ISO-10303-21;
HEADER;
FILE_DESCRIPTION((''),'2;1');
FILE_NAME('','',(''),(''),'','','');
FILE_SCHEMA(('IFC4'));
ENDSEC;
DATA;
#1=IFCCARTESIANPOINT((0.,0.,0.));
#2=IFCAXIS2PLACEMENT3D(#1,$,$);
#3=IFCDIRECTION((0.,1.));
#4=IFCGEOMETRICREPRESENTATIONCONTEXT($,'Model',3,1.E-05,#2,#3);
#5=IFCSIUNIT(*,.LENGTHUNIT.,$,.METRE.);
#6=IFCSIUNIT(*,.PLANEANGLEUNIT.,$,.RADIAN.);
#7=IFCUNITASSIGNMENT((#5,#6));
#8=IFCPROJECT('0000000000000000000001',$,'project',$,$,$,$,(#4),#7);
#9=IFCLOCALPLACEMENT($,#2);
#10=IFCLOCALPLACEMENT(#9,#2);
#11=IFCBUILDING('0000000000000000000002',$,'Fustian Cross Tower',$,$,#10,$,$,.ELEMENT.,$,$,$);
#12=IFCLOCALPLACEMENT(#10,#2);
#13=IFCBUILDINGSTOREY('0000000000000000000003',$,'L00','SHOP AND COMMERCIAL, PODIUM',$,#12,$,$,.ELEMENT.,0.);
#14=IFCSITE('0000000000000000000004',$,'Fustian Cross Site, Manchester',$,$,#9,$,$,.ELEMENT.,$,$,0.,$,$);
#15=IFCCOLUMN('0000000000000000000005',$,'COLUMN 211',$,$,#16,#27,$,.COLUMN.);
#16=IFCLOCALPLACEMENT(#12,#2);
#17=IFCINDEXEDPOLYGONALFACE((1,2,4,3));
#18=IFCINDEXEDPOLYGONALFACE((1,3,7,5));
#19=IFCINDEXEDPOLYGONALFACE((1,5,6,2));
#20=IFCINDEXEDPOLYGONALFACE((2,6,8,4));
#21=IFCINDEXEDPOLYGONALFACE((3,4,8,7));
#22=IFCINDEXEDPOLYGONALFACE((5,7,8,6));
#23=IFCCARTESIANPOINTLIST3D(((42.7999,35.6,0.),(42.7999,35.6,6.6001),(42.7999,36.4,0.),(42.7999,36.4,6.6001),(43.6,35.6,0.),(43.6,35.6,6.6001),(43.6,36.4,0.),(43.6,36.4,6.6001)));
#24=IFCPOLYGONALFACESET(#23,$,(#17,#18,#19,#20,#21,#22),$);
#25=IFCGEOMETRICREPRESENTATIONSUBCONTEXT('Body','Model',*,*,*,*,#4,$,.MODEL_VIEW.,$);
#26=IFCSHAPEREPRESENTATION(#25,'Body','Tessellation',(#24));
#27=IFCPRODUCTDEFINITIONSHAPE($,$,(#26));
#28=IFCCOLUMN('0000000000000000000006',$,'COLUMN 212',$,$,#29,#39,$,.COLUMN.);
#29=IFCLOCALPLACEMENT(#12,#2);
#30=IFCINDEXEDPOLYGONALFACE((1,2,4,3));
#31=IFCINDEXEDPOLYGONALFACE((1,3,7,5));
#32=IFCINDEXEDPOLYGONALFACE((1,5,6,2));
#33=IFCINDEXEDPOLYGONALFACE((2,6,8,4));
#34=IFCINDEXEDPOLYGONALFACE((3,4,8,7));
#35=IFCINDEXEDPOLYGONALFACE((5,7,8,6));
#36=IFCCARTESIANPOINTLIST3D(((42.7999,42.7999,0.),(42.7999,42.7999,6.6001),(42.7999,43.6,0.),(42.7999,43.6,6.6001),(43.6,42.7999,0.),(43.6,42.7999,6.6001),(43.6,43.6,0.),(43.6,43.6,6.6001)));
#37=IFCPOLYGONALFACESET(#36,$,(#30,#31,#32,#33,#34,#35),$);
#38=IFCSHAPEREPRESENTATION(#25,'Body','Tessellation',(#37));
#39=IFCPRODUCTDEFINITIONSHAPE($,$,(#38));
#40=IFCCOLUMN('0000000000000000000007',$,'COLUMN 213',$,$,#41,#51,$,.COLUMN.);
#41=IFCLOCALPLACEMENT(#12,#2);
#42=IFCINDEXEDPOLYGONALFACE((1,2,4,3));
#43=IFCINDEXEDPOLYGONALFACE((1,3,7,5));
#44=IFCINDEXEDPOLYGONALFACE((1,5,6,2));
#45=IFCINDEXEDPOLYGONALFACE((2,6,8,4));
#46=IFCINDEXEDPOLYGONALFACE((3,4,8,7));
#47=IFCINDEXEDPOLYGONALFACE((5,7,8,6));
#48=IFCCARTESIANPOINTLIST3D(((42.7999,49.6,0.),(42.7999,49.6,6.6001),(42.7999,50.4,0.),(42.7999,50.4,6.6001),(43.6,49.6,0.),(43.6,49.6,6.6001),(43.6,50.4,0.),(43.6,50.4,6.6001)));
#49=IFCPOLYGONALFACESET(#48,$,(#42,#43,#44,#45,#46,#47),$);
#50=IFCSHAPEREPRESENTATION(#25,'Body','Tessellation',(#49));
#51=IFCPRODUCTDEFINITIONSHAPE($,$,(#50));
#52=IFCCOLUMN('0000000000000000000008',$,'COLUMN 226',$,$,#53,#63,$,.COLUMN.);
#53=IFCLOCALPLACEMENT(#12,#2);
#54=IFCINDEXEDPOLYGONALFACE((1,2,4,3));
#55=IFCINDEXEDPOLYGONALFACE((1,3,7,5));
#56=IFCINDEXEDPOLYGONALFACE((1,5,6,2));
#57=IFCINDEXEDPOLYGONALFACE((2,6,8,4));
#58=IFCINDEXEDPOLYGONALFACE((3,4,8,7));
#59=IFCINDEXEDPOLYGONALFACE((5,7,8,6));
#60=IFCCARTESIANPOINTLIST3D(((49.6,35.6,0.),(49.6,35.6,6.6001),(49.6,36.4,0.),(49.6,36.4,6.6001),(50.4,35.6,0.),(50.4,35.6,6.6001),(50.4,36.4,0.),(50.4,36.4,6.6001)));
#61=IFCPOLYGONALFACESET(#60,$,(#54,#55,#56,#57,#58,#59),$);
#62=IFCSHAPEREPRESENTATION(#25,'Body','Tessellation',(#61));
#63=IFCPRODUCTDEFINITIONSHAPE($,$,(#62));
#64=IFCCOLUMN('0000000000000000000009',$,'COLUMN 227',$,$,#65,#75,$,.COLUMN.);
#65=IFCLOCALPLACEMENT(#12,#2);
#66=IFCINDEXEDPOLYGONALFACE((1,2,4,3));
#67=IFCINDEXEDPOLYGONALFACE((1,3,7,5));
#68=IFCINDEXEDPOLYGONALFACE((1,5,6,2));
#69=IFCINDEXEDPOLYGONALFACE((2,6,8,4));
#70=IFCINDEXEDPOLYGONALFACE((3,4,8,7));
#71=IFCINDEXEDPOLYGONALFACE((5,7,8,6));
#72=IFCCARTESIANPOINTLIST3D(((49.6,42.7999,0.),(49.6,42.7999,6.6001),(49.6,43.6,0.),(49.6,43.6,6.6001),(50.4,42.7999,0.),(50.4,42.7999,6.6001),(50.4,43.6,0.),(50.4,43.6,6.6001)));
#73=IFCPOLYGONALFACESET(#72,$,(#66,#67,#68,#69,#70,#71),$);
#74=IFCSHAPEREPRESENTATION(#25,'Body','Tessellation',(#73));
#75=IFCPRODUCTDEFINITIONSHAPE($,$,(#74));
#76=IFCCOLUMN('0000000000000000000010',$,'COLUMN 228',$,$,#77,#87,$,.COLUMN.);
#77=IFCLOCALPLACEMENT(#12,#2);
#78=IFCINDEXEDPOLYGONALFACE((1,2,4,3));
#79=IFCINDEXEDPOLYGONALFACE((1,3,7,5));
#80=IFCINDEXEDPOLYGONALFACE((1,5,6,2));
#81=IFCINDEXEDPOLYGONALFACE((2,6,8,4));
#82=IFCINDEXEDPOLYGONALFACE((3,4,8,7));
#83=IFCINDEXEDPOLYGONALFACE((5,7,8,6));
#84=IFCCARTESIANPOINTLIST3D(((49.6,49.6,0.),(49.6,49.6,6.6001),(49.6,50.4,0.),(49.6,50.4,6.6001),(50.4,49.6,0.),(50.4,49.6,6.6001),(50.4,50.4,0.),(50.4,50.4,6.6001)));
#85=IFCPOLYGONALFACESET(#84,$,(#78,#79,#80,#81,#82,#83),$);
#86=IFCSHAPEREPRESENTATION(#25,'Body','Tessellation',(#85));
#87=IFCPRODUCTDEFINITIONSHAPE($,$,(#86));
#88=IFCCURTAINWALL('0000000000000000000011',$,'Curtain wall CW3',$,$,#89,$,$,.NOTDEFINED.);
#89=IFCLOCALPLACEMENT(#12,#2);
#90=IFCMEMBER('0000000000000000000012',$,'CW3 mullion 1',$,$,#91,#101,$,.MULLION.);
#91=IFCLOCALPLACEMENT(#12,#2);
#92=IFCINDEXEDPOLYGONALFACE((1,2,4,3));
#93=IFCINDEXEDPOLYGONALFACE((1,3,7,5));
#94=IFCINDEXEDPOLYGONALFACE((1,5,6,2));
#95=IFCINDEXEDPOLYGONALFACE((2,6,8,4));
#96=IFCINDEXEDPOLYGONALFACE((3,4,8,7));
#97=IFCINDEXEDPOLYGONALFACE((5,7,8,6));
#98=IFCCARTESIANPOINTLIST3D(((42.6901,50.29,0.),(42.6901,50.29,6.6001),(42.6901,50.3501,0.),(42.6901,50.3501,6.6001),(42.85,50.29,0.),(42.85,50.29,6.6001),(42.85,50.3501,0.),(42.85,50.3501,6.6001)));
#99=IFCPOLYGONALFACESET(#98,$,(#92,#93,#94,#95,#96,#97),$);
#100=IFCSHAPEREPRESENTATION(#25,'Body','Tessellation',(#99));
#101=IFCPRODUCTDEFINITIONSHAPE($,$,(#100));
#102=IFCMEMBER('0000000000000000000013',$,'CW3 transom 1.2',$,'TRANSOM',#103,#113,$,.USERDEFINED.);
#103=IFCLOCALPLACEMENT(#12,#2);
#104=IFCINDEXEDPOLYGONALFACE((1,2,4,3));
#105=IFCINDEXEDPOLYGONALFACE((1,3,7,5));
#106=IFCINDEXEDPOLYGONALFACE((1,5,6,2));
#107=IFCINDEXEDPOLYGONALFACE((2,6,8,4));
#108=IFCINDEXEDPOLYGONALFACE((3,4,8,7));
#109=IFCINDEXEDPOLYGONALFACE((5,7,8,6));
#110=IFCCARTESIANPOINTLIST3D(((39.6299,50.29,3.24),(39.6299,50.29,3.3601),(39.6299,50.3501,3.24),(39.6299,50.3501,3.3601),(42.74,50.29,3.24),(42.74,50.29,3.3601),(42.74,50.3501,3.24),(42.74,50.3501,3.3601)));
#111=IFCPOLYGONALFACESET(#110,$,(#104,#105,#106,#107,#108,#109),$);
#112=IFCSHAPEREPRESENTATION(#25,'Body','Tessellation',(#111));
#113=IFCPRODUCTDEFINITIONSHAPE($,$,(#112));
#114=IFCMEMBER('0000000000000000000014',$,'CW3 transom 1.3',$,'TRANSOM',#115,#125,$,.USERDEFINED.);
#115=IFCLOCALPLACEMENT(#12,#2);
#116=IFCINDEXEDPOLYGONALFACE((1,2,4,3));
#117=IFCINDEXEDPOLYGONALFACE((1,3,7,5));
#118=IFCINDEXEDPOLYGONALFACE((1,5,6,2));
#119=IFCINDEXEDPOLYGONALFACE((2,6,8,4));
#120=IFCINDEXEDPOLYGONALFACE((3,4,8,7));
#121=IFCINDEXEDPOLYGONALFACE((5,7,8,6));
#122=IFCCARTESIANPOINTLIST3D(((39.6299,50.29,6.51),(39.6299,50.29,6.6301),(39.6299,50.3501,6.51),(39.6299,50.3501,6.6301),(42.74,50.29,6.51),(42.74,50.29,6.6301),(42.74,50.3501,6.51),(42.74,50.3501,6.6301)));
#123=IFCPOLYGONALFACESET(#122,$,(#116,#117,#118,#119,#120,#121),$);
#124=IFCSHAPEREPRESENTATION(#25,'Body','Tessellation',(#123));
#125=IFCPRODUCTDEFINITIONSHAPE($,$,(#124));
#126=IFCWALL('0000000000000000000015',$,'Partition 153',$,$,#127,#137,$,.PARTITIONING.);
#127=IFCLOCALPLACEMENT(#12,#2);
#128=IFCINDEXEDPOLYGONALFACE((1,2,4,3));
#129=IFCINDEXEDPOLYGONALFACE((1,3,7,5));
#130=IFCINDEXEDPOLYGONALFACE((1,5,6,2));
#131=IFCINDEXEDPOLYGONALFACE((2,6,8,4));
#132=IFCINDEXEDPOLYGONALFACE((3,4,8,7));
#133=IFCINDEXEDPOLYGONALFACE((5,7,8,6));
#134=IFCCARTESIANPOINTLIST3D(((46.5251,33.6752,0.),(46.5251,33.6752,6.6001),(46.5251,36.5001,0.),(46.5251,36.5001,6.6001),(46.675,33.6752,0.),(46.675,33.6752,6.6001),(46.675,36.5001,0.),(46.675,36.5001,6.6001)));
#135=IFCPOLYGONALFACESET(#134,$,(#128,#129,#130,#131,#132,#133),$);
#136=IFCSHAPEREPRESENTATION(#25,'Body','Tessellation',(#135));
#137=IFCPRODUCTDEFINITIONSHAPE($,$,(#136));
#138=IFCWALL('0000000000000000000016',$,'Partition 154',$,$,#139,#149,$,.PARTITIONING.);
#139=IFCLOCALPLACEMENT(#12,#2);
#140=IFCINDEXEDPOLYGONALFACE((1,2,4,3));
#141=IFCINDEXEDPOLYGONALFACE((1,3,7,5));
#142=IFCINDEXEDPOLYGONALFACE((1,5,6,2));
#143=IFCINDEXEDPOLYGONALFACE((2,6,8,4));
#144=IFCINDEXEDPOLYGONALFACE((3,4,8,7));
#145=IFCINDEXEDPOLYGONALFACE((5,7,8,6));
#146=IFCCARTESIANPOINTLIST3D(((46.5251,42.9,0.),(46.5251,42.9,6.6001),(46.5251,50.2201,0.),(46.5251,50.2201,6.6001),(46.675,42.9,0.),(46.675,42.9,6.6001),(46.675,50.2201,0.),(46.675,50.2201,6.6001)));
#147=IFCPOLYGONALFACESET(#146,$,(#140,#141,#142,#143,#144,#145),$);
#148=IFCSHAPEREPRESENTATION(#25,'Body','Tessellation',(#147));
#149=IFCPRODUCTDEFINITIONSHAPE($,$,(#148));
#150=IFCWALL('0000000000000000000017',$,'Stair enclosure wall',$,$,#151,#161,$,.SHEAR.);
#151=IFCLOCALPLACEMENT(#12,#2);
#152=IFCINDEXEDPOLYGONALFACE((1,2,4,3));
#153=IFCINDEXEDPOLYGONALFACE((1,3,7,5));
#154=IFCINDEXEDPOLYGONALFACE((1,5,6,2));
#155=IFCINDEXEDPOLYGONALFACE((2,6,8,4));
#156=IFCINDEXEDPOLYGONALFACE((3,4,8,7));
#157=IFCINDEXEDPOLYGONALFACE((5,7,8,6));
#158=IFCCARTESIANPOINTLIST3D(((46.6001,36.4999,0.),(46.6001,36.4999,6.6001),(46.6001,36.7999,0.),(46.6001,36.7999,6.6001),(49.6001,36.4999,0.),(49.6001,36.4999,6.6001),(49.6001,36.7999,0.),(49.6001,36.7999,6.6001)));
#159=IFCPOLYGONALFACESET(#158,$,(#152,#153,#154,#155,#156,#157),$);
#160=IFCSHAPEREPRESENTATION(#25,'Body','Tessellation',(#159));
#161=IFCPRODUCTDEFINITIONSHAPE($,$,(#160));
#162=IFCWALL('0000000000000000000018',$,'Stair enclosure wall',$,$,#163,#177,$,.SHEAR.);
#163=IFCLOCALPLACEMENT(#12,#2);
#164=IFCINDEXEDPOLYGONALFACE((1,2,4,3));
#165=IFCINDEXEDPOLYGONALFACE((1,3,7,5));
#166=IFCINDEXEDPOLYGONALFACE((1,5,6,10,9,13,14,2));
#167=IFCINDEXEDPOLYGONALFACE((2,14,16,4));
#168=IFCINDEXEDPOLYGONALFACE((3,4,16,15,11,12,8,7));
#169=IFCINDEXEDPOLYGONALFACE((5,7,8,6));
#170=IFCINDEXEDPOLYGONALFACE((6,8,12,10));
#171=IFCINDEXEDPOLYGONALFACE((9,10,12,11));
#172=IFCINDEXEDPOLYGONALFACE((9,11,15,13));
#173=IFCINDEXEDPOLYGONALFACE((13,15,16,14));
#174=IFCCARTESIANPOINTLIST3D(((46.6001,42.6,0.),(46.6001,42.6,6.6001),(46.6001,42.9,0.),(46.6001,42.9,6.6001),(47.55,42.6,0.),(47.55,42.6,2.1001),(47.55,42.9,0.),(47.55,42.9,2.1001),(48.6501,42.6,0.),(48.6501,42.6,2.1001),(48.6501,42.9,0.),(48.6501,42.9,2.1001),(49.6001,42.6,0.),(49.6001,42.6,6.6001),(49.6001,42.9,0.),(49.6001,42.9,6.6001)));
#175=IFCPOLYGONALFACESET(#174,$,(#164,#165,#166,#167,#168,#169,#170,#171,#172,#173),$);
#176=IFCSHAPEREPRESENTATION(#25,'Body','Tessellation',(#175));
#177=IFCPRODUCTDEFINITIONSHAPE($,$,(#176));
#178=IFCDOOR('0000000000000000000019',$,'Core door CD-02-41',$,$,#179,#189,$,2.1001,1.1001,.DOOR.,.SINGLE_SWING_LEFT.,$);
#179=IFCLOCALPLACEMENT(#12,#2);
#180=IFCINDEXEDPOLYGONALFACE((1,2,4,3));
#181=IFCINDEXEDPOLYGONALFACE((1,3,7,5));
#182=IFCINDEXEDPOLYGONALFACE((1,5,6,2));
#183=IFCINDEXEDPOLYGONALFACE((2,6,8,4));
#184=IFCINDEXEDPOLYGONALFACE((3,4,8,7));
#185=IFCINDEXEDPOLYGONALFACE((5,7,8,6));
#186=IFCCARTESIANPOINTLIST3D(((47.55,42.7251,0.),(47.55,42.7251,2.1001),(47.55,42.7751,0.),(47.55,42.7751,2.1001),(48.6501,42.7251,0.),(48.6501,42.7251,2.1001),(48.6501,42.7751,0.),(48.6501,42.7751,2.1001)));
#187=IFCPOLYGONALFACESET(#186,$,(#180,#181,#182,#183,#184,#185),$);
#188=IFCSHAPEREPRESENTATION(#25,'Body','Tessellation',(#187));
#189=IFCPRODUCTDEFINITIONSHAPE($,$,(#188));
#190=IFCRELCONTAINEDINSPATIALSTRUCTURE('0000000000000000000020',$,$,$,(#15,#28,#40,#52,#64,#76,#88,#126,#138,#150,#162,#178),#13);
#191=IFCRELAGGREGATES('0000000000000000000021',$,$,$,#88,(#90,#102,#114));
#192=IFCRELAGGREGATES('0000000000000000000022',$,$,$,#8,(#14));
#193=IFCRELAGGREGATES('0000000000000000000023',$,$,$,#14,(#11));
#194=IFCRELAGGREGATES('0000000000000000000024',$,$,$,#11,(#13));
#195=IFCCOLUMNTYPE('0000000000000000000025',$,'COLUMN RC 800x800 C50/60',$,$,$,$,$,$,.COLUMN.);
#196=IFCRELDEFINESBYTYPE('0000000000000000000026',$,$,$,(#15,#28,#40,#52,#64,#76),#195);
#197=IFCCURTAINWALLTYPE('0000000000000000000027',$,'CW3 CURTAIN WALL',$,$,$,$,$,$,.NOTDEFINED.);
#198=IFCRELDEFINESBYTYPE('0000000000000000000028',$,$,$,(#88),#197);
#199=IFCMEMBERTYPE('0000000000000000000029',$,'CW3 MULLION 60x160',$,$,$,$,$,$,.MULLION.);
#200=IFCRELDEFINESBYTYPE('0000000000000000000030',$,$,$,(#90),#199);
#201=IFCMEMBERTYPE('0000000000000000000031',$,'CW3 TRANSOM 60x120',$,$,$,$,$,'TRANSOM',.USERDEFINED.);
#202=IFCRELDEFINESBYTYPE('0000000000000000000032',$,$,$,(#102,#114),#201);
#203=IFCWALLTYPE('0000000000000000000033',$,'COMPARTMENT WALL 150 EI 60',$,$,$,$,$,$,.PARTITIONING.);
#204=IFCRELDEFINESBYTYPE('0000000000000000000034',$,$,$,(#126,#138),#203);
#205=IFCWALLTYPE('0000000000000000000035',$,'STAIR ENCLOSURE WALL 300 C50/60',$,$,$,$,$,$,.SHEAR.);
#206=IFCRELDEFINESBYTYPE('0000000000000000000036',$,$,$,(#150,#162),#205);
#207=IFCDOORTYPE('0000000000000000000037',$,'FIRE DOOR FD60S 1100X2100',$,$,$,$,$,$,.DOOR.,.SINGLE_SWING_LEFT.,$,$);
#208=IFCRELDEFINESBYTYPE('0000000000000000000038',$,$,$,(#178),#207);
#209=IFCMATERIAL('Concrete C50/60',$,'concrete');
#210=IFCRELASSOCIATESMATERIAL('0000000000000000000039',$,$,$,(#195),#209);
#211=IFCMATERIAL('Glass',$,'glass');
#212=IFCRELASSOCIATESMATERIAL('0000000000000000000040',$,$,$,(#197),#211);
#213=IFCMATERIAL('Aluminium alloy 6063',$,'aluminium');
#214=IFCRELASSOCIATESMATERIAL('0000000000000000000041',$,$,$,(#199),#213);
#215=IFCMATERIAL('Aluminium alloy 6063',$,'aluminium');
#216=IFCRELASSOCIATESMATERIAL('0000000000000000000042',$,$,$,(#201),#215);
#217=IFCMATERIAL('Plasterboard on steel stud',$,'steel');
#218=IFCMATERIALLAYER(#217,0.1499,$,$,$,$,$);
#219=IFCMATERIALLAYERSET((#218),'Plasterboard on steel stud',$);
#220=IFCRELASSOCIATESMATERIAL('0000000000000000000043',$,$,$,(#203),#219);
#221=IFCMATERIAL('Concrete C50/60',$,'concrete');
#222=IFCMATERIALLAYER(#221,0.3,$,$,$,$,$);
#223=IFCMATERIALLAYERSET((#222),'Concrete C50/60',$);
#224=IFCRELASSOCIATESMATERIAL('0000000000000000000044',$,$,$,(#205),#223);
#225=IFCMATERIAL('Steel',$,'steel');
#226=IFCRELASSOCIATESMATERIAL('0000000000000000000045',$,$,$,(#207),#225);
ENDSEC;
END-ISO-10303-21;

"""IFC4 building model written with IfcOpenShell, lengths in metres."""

from ifc_helpers import new_model, si_unit, direction, frame, frame_2d, origin, origin_2d, place, context, subcontext, project, spatial, rectangle, extrude, material, layer, layer_set, material_profile, profile_set, type_object, element, fill, aggregate, save


model = new_model("IFC4")

# Units and contexts
model_context = context("Model", 3, precision=1e-05, world=origin(), true_north=direction((0.0, 1.0)))
body_context = subcontext(model_context, "Body", "Model", "MODEL_VIEW")
ifc_project = project(units=[si_unit("LENGTHUNIT", "METRE"), si_unit("PLANEANGLEUNIT", "RADIAN")], contexts=[model_context])

# Site, building, storey
site_placement = place(None, origin())
site = spatial("IfcSite", under=ifc_project, at=site_placement, Name="Fustian Cross Site, Manchester", CompositionType="ELEMENT", RefElevation=0.0)
building_placement = place(site_placement, origin())
building = spatial("IfcBuilding", under=site, at=building_placement, Name="Fustian Cross Tower", CompositionType="ELEMENT")
storey_placement = place(building_placement, origin())
storey = spatial("IfcBuildingStorey", under=building, at=storey_placement, Name="L00", Description="SHOP AND COMMERCIAL, PODIUM", CompositionType="ELEMENT", Elevation=0.0)

# Columns
ifc_material_1 = material(Name="Concrete C50/60", Category="concrete")
ifc_material_profile_1 = material_profile(ifc_material_1, rectangle(XDim=0.8, YDim=0.8, at=origin_2d()), Name="RC 800x800")
ifc_profile_set_1 = profile_set([ifc_material_profile_1], Name="Concrete C50/60")
column_type = type_object("IfcColumnType", Name="COLUMN RC 800x800 C50/60", PredefinedType="COLUMN", material=ifc_profile_set_1)
for number, where, z_axis, x_axis, name in (
    (1, (43.2, 36.0, 0.0), (0.0, 0.0, 1.0), (1.0, 0.0, 0.0), "COLUMN 211"),
    (2, (43.2, 43.2, 0.0), (0.0, 0.0, 1.0), (1.0, 0.0, 0.0), "COLUMN 212"),
    (3, (43.2, 50.0, 0.0), (0.0, 0.0, 1.0), (1.0, 0.0, 0.0), "COLUMN 213"),
    (4, (50.0, 36.0, 0.0), (0.0, 0.0, 1.0), (1.0, 0.0, 0.0), "COLUMN 226"),
    (5, (50.0, 43.2, 0.0), (0.0, 0.0, 1.0), (1.0, 0.0, 0.0), "COLUMN 227"),
    (6, (50.0, 50.0, 0.0), (0.0, 0.0, 1.0), (1.0, 0.0, 0.0), "COLUMN 228"),
):
    element("IfcColumn", number, at=place(storey_placement, frame(where, z_axis=z_axis, x_axis=x_axis)), inside=storey, type_object=column_type, Name=name, PredefinedType="COLUMN", context=body_context, shape_type="SweptSolid", body=[
        extrude(rectangle(XDim=0.8, YDim=0.8, at=origin_2d()), origin(), (0.0, 0.0, 1.0), 6.6001),
    ])

# Curtain wall, members
ifc_material_2 = material(Name="Glass", Category="glass")
curtain_wall_type = type_object("IfcCurtainWallType", Name="CW3 CURTAIN WALL", PredefinedType="NOTDEFINED", material=ifc_material_2)
curtain_wall_placement = place(storey_placement, origin())
curtain_wall = element("IfcCurtainWall", 7, at=curtain_wall_placement, inside=storey, type_object=curtain_wall_type, Name="Curtain wall CW3", PredefinedType="NOTDEFINED")
ifc_material_3 = material(Name="Aluminium alloy 6063", Category="aluminium")
ifc_material_profile_2 = material_profile(ifc_material_3, rectangle(XDim=0.0601, YDim=0.1599, at=origin_2d()), Name="CW3 MULLION 60x160")
ifc_profile_set_2 = profile_set([ifc_material_profile_2], Name="Aluminium alloy 6063")
member_type_1 = type_object("IfcMemberType", Name="CW3 MULLION 60x160", PredefinedType="MULLION", material=ifc_profile_set_2)
member_1_placement = place(storey_placement, frame((42.77, 50.3201, 0.0), z_axis=(0.0, 0.0, 1.0), x_axis=(0.0, -1.0, 0.0)))
member_1 = element("IfcMember", 8, at=member_1_placement, type_object=member_type_1, Name="CW3 mullion 1", PredefinedType="MULLION", context=body_context, shape_type="SweptSolid", body=[
    extrude(rectangle(XDim=0.0601, YDim=0.1599, at=origin_2d()), origin(), (0.0, 0.0, 1.0), 6.6001),
])
ifc_material_4 = material(Name="Aluminium alloy 6063", Category="aluminium")
ifc_material_profile_3 = material_profile(ifc_material_4, rectangle(XDim=0.0601, YDim=0.1201, at=origin_2d()), Name="CW3 TRANSOM 60x120")
ifc_profile_set_3 = profile_set([ifc_material_profile_3], Name="Aluminium alloy 6063")
member_type_2 = type_object("IfcMemberType", Name="CW3 TRANSOM 60x120", ElementType="TRANSOM", PredefinedType="USERDEFINED", material=ifc_profile_set_3)
member_2_placement = place(storey_placement, frame((42.74, 50.3201, 3.3), z_axis=(-1.0, 0.0, 0.0), x_axis=(0.0, -1.0, 0.0)))
member_2 = element("IfcMember", 9, at=member_2_placement, type_object=member_type_2, Name="CW3 transom 1.2", ObjectType="TRANSOM", PredefinedType="USERDEFINED", context=body_context, shape_type="SweptSolid", body=[
    extrude(rectangle(XDim=0.0601, YDim=0.1201, at=origin_2d()), origin(), (0.0, 0.0, 1.0), 3.1101),
])
member_3_placement = place(storey_placement, frame((42.74, 50.3201, 6.5701), z_axis=(-1.0, 0.0, 0.0), x_axis=(0.0, -1.0, 0.0)))
member_3 = element("IfcMember", 10, at=member_3_placement, type_object=member_type_2, Name="CW3 transom 1.3", ObjectType="TRANSOM", PredefinedType="USERDEFINED", context=body_context, shape_type="SweptSolid", body=[
    extrude(rectangle(XDim=0.0601, YDim=0.1201, at=origin_2d()), origin(), (0.0, 0.0, 1.0), 3.1101),
])
aggregate(curtain_wall, [member_1, member_2, member_3])

# Walls
ifc_material_5 = material(Name="Plasterboard on steel stud", Category="steel")
ifc_layer_1 = layer(ifc_material_5, 0.1499)
ifc_layer_set_1 = layer_set([ifc_layer_1], Name="Plasterboard on steel stud")
wall_type_1 = type_object("IfcWallType", Name="COMPARTMENT WALL 150 EI 60", PredefinedType="PARTITIONING", material=ifc_layer_set_1)
wall_1_placement = place(storey_placement, frame((46.6001, 33.675, 0.0), z_axis=(0.0, 0.0, 1.0), x_axis=(0.0, 1.0, 0.0)))
element("IfcWall", 11, at=wall_1_placement, inside=storey, type_object=wall_type_1, Name="Partition 153", PredefinedType="PARTITIONING", context=body_context, shape_type="SweptSolid", body=[
    extrude(rectangle(XDim=2.825, YDim=0.1499, at=frame_2d((1.4126, 0.0))), origin(), (0.0, 0.0, 1.0), 6.6001),
])
wall_2_placement = place(storey_placement, frame((46.6001, 42.8999, 0.0), z_axis=(0.0, 0.0, 1.0), x_axis=(0.0, 1.0, 0.0)))
element("IfcWall", 12, at=wall_2_placement, inside=storey, type_object=wall_type_1, Name="Partition 154", PredefinedType="PARTITIONING", context=body_context, shape_type="SweptSolid", body=[
    extrude(rectangle(XDim=7.3201, YDim=0.1499, at=frame_2d((3.6602, 0.0))), origin(), (0.0, 0.0, 1.0), 6.6001),
])

# Wall
ifc_material_6 = material(Name="Concrete C50/60", Category="concrete")
ifc_layer_2 = layer(ifc_material_6, 0.3)
ifc_layer_set_2 = layer_set([ifc_layer_2], Name="Concrete C50/60")
wall_type_2 = type_object("IfcWallType", Name="STAIR ENCLOSURE WALL 300 C50/60", PredefinedType="SHEAR", material=ifc_layer_set_2)
wall_3_placement = place(storey_placement, frame((46.6001, 36.6499, 0.0), z_axis=(0.0, 0.0, 1.0), x_axis=(1.0, 0.0, 0.0)))
element("IfcWall", 13, at=wall_3_placement, inside=storey, type_object=wall_type_2, Name="Stair enclosure wall", PredefinedType="SHEAR", context=body_context, shape_type="SweptSolid", body=[
    extrude(rectangle(XDim=3.0, YDim=0.3, at=frame_2d((1.5, 0.0))), origin(), (0.0, 0.0, 1.0), 6.6001),
])

# Wall, opening, door
wall_4_placement = place(storey_placement, frame((46.6001, 42.75, 0.0), z_axis=(0.0, 0.0, 1.0), x_axis=(1.0, 0.0, 0.0)))
wall_4 = element("IfcWall", 14, at=wall_4_placement, inside=storey, type_object=wall_type_2, Name="Stair enclosure wall", PredefinedType="SHEAR", context=body_context, shape_type="SweptSolid", body=[
    extrude(rectangle(XDim=3.0, YDim=0.3, at=frame_2d((1.5, 0.0))), origin(), (0.0, 0.0, 1.0), 6.6001),
])
opening_1_placement = place(wall_4_placement, frame((0.95, 0.0, 0.0)))
opening_1 = element("IfcOpeningElement", 15, at=opening_1_placement, cuts=wall_4, PredefinedType="OPENING", context=body_context, shape_type="SweptSolid", body=[
    extrude(rectangle(XDim=1.1001, YDim=2.1001, at=frame_2d((0.55, 1.05))), frame((0.0, 0.1599, 0.0), z_axis=(0.0, -1.0, 0.0), x_axis=(1.0, 0.0, 0.0)), (0.0, 0.0, 1.0), 0.3201),
])
ifc_material_7 = material(Name="Steel", Category="steel")
door_type_1 = type_object("IfcDoorType", Name="FIRE DOOR FD60S 1100X2100", OperationType="SINGLE_SWING_LEFT", PredefinedType="DOOR", material=ifc_material_7)
door_1_placement = place(opening_1_placement, frame((1.1001, 0.0, 0.0), z_axis=(0.0, 0.0, 1.0), x_axis=(-1.0, 0.0, 0.0)))
door_1 = element("IfcDoor", 16, at=door_1_placement, inside=storey, type_object=door_type_1, Name="Core door CD-02-41", OperationType="SINGLE_SWING_LEFT", OverallHeight=2.1001, OverallWidth=1.1001, PredefinedType="DOOR", context=body_context, shape_type="SweptSolid", body=[
    extrude(rectangle(XDim=1.1001, YDim=2.1001, at=frame_2d((0.55, 1.05))), frame((0.0, 0.0249, 0.0), z_axis=(0.0, -1.0, 0.0), x_axis=(1.0, 0.0, 0.0)), (0.0, 0.0, 1.0), 0.05),
])
fill(opening_1, door_1)

save(model, "model.ifc")
